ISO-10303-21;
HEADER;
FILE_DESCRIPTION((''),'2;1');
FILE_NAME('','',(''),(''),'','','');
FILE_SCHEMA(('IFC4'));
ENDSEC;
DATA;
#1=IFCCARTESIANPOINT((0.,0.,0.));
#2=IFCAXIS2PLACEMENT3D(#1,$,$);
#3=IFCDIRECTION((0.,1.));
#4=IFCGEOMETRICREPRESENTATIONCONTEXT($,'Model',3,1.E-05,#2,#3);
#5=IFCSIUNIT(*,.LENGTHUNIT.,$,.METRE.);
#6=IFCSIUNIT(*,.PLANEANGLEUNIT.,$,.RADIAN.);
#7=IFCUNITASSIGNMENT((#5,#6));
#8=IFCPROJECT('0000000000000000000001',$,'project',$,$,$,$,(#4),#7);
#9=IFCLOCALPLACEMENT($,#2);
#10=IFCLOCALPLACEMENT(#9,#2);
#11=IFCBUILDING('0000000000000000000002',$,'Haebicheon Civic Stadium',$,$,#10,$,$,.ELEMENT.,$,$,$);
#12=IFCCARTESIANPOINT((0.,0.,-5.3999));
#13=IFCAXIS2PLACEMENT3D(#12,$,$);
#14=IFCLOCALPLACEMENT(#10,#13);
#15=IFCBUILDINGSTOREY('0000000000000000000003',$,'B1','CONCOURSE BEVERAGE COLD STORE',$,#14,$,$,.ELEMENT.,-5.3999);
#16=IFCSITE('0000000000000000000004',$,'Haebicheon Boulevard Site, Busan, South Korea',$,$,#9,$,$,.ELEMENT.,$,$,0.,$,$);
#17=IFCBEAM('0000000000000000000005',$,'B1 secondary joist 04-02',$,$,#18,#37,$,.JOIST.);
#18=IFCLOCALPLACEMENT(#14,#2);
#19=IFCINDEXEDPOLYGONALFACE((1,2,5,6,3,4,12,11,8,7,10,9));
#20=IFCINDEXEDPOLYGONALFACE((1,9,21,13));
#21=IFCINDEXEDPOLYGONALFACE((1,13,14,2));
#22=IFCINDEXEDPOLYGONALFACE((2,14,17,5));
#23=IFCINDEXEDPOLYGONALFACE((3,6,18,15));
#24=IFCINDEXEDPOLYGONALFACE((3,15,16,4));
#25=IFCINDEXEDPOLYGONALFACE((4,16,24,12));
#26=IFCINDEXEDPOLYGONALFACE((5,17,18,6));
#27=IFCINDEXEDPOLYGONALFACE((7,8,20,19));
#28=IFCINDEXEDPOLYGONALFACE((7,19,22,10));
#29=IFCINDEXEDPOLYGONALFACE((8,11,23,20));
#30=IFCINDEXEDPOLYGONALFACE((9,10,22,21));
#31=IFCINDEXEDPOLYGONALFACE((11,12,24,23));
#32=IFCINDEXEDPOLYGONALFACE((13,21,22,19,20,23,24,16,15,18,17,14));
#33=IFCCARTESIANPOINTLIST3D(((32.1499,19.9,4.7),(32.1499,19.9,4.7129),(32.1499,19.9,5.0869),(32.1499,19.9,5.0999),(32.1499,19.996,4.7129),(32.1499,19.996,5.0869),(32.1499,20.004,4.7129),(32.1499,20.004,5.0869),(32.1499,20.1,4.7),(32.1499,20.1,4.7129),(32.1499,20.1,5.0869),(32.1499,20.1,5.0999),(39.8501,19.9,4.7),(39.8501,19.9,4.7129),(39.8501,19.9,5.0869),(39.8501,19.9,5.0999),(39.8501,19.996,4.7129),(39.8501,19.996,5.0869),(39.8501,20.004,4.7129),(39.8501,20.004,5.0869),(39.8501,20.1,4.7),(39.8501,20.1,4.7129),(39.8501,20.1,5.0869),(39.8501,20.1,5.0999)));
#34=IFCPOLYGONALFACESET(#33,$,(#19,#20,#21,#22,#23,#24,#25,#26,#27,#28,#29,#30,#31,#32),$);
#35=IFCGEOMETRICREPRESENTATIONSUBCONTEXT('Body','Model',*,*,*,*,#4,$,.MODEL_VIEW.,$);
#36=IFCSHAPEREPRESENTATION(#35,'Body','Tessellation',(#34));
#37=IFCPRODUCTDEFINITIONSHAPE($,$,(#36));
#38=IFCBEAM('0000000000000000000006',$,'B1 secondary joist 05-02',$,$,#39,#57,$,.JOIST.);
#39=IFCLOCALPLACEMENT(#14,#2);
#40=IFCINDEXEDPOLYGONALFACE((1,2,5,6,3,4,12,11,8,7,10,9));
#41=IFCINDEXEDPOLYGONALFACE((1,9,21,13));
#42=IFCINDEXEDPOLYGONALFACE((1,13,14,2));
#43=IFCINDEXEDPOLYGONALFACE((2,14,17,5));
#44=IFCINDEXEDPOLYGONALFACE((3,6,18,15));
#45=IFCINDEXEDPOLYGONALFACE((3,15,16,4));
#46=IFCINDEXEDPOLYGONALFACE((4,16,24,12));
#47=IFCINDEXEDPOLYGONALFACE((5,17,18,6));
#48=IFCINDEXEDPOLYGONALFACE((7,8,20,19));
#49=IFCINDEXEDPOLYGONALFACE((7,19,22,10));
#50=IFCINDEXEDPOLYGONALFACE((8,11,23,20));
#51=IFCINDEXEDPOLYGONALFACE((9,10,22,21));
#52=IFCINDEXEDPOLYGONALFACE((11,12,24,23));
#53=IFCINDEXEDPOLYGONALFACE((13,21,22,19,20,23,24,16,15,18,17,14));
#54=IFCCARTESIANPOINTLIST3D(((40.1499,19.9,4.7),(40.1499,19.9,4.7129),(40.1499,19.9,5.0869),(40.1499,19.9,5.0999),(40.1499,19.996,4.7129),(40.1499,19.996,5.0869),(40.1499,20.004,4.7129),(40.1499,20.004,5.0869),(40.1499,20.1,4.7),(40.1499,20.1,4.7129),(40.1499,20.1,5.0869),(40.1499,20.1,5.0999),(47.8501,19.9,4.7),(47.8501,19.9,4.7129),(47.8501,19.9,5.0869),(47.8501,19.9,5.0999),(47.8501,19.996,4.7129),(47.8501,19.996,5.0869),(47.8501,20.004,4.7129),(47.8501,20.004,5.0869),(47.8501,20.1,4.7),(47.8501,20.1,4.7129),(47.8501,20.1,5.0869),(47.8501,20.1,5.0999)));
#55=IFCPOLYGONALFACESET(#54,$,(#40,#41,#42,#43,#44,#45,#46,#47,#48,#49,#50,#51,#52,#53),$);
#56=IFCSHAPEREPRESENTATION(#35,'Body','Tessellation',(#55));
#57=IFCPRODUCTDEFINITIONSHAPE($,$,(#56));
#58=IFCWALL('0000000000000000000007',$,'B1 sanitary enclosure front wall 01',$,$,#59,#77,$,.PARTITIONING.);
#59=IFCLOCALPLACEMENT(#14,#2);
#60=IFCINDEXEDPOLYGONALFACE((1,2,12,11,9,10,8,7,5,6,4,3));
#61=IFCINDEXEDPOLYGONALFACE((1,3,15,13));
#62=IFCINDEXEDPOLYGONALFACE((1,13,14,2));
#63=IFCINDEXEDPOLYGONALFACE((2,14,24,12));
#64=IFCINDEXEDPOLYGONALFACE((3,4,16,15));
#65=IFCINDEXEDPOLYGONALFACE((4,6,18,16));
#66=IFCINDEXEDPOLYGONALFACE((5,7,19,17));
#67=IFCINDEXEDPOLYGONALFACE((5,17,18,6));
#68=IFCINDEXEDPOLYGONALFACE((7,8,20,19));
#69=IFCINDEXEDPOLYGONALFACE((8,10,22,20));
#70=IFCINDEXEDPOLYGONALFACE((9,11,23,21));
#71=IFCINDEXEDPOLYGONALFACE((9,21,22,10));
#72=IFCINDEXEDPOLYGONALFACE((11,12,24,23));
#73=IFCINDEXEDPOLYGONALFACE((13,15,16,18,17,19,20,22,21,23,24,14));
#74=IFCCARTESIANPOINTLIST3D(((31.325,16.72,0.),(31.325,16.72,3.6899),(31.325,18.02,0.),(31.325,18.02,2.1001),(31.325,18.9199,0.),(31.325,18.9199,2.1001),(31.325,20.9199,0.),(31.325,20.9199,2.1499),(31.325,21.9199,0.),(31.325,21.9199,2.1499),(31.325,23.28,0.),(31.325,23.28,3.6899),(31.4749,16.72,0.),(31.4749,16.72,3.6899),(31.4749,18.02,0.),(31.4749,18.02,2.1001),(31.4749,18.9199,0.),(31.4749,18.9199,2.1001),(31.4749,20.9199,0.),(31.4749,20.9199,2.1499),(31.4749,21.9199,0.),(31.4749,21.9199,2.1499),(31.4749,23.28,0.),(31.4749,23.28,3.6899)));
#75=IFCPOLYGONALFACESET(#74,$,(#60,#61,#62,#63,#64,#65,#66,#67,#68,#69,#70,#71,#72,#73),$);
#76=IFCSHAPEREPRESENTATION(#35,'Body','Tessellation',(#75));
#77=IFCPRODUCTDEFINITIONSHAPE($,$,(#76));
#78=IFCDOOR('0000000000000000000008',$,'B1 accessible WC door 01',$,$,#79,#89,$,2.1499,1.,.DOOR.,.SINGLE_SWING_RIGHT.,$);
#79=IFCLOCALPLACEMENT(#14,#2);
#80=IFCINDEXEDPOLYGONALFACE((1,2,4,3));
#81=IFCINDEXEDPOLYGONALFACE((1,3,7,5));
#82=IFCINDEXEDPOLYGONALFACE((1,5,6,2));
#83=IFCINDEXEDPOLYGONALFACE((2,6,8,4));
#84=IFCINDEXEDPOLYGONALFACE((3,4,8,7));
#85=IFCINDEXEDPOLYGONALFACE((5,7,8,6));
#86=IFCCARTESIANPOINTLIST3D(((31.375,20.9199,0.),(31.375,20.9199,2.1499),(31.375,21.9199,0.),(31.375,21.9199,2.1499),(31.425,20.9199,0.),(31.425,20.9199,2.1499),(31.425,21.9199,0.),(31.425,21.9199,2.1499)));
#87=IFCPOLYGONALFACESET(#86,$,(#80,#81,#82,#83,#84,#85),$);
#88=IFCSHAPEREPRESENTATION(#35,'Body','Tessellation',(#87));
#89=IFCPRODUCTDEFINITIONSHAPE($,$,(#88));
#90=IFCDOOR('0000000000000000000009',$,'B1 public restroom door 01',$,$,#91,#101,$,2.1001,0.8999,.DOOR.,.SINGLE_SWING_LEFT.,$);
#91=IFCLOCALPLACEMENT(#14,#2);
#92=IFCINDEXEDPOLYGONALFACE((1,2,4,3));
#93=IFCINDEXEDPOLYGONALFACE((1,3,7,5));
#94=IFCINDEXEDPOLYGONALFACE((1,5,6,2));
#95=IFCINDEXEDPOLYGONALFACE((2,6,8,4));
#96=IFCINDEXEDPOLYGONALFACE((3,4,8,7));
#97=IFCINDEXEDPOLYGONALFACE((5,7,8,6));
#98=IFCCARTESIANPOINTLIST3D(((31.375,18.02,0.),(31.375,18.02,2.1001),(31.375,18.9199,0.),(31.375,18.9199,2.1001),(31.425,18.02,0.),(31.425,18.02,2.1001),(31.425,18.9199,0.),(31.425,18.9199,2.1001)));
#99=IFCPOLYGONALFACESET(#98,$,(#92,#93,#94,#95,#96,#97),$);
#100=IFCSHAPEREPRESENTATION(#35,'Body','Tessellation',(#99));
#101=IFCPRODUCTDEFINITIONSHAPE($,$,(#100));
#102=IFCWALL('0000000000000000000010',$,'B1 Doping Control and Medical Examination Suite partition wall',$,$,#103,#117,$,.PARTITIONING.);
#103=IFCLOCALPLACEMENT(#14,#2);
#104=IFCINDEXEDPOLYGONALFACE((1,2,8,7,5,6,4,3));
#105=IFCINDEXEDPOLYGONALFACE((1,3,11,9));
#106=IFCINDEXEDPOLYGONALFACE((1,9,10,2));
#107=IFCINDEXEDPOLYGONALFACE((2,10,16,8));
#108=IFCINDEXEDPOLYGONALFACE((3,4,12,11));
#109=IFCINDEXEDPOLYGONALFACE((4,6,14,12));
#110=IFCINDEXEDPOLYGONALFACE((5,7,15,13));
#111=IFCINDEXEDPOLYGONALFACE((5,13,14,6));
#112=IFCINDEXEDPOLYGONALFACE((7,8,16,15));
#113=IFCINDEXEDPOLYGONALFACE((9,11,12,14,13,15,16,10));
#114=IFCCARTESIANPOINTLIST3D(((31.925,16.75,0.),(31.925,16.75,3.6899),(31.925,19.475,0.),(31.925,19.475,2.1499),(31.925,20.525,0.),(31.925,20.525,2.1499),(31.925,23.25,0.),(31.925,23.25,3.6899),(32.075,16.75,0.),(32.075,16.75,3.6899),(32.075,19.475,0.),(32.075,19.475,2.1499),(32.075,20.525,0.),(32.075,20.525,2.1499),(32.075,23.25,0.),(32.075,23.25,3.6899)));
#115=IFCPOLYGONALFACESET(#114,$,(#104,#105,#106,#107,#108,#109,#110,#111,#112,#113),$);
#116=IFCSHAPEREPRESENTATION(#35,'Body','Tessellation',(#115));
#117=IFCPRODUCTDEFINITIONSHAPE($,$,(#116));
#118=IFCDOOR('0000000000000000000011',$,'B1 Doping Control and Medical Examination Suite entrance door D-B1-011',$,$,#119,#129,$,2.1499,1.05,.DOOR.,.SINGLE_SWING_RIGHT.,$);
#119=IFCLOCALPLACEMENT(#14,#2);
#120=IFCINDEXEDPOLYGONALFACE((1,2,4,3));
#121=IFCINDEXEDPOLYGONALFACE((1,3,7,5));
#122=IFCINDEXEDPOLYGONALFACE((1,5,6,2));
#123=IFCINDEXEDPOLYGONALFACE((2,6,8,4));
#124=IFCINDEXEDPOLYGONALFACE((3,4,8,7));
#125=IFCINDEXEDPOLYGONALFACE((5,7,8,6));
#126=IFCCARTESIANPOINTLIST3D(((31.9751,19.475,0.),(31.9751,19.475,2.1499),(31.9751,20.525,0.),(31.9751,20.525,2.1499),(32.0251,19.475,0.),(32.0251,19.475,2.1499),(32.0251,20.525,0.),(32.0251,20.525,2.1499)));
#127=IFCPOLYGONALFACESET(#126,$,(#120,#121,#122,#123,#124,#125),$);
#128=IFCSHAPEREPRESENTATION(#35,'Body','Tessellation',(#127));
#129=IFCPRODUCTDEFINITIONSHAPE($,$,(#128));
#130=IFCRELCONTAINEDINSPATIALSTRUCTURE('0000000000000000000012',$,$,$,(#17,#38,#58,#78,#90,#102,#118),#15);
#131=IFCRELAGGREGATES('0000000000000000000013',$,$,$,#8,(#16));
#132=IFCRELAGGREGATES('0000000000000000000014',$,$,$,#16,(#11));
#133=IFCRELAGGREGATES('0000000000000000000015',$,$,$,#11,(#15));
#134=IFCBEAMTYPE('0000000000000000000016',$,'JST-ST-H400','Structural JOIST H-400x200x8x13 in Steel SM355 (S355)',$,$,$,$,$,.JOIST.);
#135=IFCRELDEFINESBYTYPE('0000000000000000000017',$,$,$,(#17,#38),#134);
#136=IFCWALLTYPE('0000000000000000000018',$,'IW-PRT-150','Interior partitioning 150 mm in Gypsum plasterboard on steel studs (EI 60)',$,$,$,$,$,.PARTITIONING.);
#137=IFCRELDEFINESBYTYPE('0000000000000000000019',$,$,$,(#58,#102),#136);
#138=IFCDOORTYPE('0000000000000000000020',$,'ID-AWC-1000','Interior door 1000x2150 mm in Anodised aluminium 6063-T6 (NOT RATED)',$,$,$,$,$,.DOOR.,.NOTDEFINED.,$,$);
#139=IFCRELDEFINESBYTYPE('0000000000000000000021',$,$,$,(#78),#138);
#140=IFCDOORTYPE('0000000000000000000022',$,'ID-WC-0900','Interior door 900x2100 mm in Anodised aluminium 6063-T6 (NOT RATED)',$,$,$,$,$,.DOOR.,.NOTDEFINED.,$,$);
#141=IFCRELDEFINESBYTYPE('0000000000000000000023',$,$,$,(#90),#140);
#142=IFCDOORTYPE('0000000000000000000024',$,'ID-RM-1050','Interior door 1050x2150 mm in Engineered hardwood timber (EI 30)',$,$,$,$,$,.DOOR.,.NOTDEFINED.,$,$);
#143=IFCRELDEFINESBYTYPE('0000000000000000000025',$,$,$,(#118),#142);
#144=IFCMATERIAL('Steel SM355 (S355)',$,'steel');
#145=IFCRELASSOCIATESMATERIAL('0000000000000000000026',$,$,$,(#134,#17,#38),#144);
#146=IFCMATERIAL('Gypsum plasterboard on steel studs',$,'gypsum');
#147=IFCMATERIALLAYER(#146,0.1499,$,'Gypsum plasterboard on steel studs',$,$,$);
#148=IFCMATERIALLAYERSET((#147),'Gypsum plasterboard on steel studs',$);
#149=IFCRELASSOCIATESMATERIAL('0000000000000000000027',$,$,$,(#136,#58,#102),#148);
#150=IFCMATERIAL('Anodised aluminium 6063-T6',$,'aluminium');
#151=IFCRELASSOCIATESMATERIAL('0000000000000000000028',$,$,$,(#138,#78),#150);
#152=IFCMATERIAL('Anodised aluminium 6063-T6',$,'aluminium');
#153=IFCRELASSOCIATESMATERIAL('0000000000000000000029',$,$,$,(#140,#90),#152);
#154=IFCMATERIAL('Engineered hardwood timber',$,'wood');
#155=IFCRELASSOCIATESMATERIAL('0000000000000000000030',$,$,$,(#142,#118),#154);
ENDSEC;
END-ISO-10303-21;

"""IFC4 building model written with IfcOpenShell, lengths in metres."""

from ifc_helpers import new_model, si_unit, direction, frame, frame_2d, origin, origin_2d, place, context, subcontext, project, spatial, rectangle, i_section, extrude, material, layer, layer_set, material_profile, profile_set, type_object, element, fill, save


model = new_model("IFC4")

# Units and contexts
model_context = context("Model", 3, precision=1e-05, world=origin(), true_north=direction((0.0, 1.0)))
body_context = subcontext(model_context, "Body", "Model", "MODEL_VIEW")
ifc_project = project(units=[si_unit("LENGTHUNIT", "METRE"), si_unit("PLANEANGLEUNIT", "RADIAN")], contexts=[model_context])

# Site, building, storey
site_placement = place(None, origin())
site = spatial("IfcSite", under=ifc_project, at=site_placement, Name="Haebicheon Boulevard Site, Busan, South Korea", CompositionType="ELEMENT", RefElevation=0.0)
building_placement = place(site_placement, origin())
building = spatial("IfcBuilding", under=site, at=building_placement, Name="Haebicheon Civic Stadium", CompositionType="ELEMENT")
storey_placement = place(building_placement, frame((0.0, 0.0, -5.3999)))
storey = spatial("IfcBuildingStorey", under=building, at=storey_placement, Name="B1", Description="CONCOURSE BEVERAGE COLD STORE", CompositionType="ELEMENT", Elevation=-5.3999)

# Beams
ifc_material_1 = material(Name="Steel SM355 (S355)", Category="steel")
ifc_material_profile_1 = material_profile(ifc_material_1, i_section(OverallWidth=0.2, OverallDepth=0.3999, WebThickness=0.0081, FlangeThickness=0.0129, at=origin_2d()), Name="H-400x200x8x13")
ifc_profile_set_1 = profile_set([ifc_material_profile_1], Name="Steel SM355 (S355)")
beam_type_1 = type_object("IfcBeamType", Name="JST-ST-H400", Description="Structural JOIST H-400x200x8x13 in Steel SM355 (S355)", PredefinedType="JOIST", material=ifc_profile_set_1)
for number, where, z_axis, x_axis, name in (
    (1, (32.1499, 20.0, 4.8999), (1.0, 0.0, 0.0), (0.0, 1.0, 0.0), "B1 secondary joist 04-02"),
    (2, (40.1499, 20.0, 4.8999), (1.0, 0.0, 0.0), (0.0, 1.0, 0.0), "B1 secondary joist 05-02"),
):
    element("IfcBeam", number, at=place(storey_placement, frame(where, z_axis=z_axis, x_axis=x_axis)), inside=storey, type_object=beam_type_1, material=ifc_profile_set_1, Name=name, PredefinedType="JOIST", context=body_context, shape_type="SweptSolid", body=[
        extrude(i_section(OverallWidth=0.2, OverallDepth=0.3999, WebThickness=0.0081, FlangeThickness=0.0129, at=origin_2d()), origin(), (0.0, 0.0, 1.0), 7.7002),
    ])

# Wall, openings, doors
ifc_material_2 = material(Name="Gypsum plasterboard on steel studs", Category="gypsum")
ifc_layer_1 = layer(ifc_material_2, 0.1499, Name="Gypsum plasterboard on steel studs")
ifc_layer_set_1 = layer_set([ifc_layer_1], Name="Gypsum plasterboard on steel studs")
wall_type = type_object("IfcWallType", Name="IW-PRT-150", Description="Interior partitioning 150 mm in Gypsum plasterboard on steel studs (EI 60)", PredefinedType="PARTITIONING", material=ifc_layer_set_1)
wall_1_placement = place(storey_placement, frame((31.3999, 16.72, 0.0), z_axis=(0.0, 0.0, 1.0), x_axis=(0.0, 1.0, 0.0)))
wall_1 = element("IfcWall", 3, at=wall_1_placement, inside=storey, type_object=wall_type, material=ifc_layer_set_1, Name="B1 sanitary enclosure front wall 01", PredefinedType="PARTITIONING", context=body_context, shape_type="SweptSolid", body=[
    extrude(rectangle(XDim=6.5601, YDim=0.1499, at=frame_2d((3.28, 0.0))), origin(), (0.0, 0.0, 1.0), 3.6899),
])
opening_1_placement = place(wall_1_placement, frame((1.3, 0.0, 0.0)))
opening_1 = element("IfcOpeningElement", 4, at=opening_1_placement, cuts=wall_1, PredefinedType="OPENING", context=body_context, shape_type="SweptSolid", body=[
    extrude(rectangle(XDim=0.8999, YDim=2.1001, at=frame_2d((0.45, 1.05))), frame((0.0, 0.085, 0.0), z_axis=(0.0, -1.0, 0.0), x_axis=(1.0, 0.0, 0.0)), (0.0, 0.0, 1.0), 0.1699),
])
opening_2_placement = place(wall_1_placement, frame((4.2, 0.0, 0.0)))
opening_2 = element("IfcOpeningElement", 5, at=opening_2_placement, cuts=wall_1, PredefinedType="OPENING", context=body_context, shape_type="SweptSolid", body=[
    extrude(rectangle(XDim=1.0, YDim=2.1499, at=frame_2d((0.5, 1.075))), frame((0.0, 0.085, 0.0), z_axis=(0.0, -1.0, 0.0), x_axis=(1.0, 0.0, 0.0)), (0.0, 0.0, 1.0), 0.1699),
])
ifc_material_3 = material(Name="Anodised aluminium 6063-T6", Category="aluminium")
door_type_1 = type_object("IfcDoorType", Name="ID-AWC-1000", Description="Interior door 1000x2150 mm in Anodised aluminium 6063-T6 (NOT RATED)", OperationType="NOTDEFINED", PredefinedType="DOOR", material=ifc_material_3)
door_1_placement = place(opening_2_placement, origin())
door_1 = element("IfcDoor", 6, at=door_1_placement, inside=storey, type_object=door_type_1, material=ifc_material_3, Name="B1 accessible WC door 01", OperationType="SINGLE_SWING_RIGHT", OverallHeight=2.1499, OverallWidth=1.0, PredefinedType="DOOR", context=body_context, shape_type="SweptSolid", body=[
    extrude(rectangle(XDim=1.0, YDim=2.1499, at=frame_2d((0.5, 1.075))), frame((0.0, 0.0249, 0.0), z_axis=(0.0, -1.0, 0.0), x_axis=(1.0, 0.0, 0.0)), (0.0, 0.0, 1.0), 0.05),
])
fill(opening_2, door_1)
ifc_material_4 = material(Name="Anodised aluminium 6063-T6", Category="aluminium")
door_type_2 = type_object("IfcDoorType", Name="ID-WC-0900", Description="Interior door 900x2100 mm in Anodised aluminium 6063-T6 (NOT RATED)", OperationType="NOTDEFINED", PredefinedType="DOOR", material=ifc_material_4)
door_2_placement = place(opening_1_placement, origin())
door_2 = element("IfcDoor", 7, at=door_2_placement, inside=storey, type_object=door_type_2, material=ifc_material_4, Name="B1 public restroom door 01", OperationType="SINGLE_SWING_LEFT", OverallHeight=2.1001, OverallWidth=0.8999, PredefinedType="DOOR", context=body_context, shape_type="SweptSolid", body=[
    extrude(rectangle(XDim=0.8999, YDim=2.1001, at=frame_2d((0.45, 1.05))), frame((0.0, 0.0249, 0.0), z_axis=(0.0, -1.0, 0.0), x_axis=(1.0, 0.0, 0.0)), (0.0, 0.0, 1.0), 0.05),
])
fill(opening_1, door_2)

# Wall, opening, door
wall_2_placement = place(storey_placement, frame((32.0, 16.75, 0.0), z_axis=(0.0, 0.0, 1.0), x_axis=(0.0, 1.0, 0.0)))
wall_2 = element("IfcWall", 8, at=wall_2_placement, inside=storey, type_object=wall_type, material=ifc_layer_set_1, Name="B1 Doping Control and Medical Examination Suite partition wall", PredefinedType="PARTITIONING", context=body_context, shape_type="SweptSolid", body=[
    extrude(rectangle(XDim=6.5, YDim=0.1499, at=frame_2d((3.25, 0.0))), origin(), (0.0, 0.0, 1.0), 3.6899),
])
opening_3_placement = place(wall_2_placement, frame((2.7251, 0.0, 0.0)))
opening_3 = element("IfcOpeningElement", 9, at=opening_3_placement, cuts=wall_2, PredefinedType="OPENING", context=body_context, shape_type="SweptSolid", body=[
    extrude(rectangle(XDim=1.05, YDim=2.1499, at=frame_2d((0.5249, 1.075))), frame((0.0, 0.085, 0.0), z_axis=(0.0, -1.0, 0.0), x_axis=(1.0, 0.0, 0.0)), (0.0, 0.0, 1.0), 0.1699),
])
ifc_material_5 = material(Name="Engineered hardwood timber", Category="wood")
door_type_3 = type_object("IfcDoorType", Name="ID-RM-1050", Description="Interior door 1050x2150 mm in Engineered hardwood timber (EI 30)", OperationType="NOTDEFINED", PredefinedType="DOOR", material=ifc_material_5)
door_3_placement = place(opening_3_placement, origin())
door_3 = element("IfcDoor", 10, at=door_3_placement, inside=storey, type_object=door_type_3, material=ifc_material_5, Name="B1 Doping Control and Medical Examination Suite entrance door D-B1-011", OperationType="SINGLE_SWING_RIGHT", OverallHeight=2.1499, OverallWidth=1.05, PredefinedType="DOOR", context=body_context, shape_type="SweptSolid", body=[
    extrude(rectangle(XDim=1.05, YDim=2.1499, at=frame_2d((0.5249, 1.075))), frame((0.0, 0.0249, 0.0), z_axis=(0.0, -1.0, 0.0), x_axis=(1.0, 0.0, 0.0)), (0.0, 0.0, 1.0), 0.05),
])
fill(opening_3, door_3)

save(model, "model.ifc")
